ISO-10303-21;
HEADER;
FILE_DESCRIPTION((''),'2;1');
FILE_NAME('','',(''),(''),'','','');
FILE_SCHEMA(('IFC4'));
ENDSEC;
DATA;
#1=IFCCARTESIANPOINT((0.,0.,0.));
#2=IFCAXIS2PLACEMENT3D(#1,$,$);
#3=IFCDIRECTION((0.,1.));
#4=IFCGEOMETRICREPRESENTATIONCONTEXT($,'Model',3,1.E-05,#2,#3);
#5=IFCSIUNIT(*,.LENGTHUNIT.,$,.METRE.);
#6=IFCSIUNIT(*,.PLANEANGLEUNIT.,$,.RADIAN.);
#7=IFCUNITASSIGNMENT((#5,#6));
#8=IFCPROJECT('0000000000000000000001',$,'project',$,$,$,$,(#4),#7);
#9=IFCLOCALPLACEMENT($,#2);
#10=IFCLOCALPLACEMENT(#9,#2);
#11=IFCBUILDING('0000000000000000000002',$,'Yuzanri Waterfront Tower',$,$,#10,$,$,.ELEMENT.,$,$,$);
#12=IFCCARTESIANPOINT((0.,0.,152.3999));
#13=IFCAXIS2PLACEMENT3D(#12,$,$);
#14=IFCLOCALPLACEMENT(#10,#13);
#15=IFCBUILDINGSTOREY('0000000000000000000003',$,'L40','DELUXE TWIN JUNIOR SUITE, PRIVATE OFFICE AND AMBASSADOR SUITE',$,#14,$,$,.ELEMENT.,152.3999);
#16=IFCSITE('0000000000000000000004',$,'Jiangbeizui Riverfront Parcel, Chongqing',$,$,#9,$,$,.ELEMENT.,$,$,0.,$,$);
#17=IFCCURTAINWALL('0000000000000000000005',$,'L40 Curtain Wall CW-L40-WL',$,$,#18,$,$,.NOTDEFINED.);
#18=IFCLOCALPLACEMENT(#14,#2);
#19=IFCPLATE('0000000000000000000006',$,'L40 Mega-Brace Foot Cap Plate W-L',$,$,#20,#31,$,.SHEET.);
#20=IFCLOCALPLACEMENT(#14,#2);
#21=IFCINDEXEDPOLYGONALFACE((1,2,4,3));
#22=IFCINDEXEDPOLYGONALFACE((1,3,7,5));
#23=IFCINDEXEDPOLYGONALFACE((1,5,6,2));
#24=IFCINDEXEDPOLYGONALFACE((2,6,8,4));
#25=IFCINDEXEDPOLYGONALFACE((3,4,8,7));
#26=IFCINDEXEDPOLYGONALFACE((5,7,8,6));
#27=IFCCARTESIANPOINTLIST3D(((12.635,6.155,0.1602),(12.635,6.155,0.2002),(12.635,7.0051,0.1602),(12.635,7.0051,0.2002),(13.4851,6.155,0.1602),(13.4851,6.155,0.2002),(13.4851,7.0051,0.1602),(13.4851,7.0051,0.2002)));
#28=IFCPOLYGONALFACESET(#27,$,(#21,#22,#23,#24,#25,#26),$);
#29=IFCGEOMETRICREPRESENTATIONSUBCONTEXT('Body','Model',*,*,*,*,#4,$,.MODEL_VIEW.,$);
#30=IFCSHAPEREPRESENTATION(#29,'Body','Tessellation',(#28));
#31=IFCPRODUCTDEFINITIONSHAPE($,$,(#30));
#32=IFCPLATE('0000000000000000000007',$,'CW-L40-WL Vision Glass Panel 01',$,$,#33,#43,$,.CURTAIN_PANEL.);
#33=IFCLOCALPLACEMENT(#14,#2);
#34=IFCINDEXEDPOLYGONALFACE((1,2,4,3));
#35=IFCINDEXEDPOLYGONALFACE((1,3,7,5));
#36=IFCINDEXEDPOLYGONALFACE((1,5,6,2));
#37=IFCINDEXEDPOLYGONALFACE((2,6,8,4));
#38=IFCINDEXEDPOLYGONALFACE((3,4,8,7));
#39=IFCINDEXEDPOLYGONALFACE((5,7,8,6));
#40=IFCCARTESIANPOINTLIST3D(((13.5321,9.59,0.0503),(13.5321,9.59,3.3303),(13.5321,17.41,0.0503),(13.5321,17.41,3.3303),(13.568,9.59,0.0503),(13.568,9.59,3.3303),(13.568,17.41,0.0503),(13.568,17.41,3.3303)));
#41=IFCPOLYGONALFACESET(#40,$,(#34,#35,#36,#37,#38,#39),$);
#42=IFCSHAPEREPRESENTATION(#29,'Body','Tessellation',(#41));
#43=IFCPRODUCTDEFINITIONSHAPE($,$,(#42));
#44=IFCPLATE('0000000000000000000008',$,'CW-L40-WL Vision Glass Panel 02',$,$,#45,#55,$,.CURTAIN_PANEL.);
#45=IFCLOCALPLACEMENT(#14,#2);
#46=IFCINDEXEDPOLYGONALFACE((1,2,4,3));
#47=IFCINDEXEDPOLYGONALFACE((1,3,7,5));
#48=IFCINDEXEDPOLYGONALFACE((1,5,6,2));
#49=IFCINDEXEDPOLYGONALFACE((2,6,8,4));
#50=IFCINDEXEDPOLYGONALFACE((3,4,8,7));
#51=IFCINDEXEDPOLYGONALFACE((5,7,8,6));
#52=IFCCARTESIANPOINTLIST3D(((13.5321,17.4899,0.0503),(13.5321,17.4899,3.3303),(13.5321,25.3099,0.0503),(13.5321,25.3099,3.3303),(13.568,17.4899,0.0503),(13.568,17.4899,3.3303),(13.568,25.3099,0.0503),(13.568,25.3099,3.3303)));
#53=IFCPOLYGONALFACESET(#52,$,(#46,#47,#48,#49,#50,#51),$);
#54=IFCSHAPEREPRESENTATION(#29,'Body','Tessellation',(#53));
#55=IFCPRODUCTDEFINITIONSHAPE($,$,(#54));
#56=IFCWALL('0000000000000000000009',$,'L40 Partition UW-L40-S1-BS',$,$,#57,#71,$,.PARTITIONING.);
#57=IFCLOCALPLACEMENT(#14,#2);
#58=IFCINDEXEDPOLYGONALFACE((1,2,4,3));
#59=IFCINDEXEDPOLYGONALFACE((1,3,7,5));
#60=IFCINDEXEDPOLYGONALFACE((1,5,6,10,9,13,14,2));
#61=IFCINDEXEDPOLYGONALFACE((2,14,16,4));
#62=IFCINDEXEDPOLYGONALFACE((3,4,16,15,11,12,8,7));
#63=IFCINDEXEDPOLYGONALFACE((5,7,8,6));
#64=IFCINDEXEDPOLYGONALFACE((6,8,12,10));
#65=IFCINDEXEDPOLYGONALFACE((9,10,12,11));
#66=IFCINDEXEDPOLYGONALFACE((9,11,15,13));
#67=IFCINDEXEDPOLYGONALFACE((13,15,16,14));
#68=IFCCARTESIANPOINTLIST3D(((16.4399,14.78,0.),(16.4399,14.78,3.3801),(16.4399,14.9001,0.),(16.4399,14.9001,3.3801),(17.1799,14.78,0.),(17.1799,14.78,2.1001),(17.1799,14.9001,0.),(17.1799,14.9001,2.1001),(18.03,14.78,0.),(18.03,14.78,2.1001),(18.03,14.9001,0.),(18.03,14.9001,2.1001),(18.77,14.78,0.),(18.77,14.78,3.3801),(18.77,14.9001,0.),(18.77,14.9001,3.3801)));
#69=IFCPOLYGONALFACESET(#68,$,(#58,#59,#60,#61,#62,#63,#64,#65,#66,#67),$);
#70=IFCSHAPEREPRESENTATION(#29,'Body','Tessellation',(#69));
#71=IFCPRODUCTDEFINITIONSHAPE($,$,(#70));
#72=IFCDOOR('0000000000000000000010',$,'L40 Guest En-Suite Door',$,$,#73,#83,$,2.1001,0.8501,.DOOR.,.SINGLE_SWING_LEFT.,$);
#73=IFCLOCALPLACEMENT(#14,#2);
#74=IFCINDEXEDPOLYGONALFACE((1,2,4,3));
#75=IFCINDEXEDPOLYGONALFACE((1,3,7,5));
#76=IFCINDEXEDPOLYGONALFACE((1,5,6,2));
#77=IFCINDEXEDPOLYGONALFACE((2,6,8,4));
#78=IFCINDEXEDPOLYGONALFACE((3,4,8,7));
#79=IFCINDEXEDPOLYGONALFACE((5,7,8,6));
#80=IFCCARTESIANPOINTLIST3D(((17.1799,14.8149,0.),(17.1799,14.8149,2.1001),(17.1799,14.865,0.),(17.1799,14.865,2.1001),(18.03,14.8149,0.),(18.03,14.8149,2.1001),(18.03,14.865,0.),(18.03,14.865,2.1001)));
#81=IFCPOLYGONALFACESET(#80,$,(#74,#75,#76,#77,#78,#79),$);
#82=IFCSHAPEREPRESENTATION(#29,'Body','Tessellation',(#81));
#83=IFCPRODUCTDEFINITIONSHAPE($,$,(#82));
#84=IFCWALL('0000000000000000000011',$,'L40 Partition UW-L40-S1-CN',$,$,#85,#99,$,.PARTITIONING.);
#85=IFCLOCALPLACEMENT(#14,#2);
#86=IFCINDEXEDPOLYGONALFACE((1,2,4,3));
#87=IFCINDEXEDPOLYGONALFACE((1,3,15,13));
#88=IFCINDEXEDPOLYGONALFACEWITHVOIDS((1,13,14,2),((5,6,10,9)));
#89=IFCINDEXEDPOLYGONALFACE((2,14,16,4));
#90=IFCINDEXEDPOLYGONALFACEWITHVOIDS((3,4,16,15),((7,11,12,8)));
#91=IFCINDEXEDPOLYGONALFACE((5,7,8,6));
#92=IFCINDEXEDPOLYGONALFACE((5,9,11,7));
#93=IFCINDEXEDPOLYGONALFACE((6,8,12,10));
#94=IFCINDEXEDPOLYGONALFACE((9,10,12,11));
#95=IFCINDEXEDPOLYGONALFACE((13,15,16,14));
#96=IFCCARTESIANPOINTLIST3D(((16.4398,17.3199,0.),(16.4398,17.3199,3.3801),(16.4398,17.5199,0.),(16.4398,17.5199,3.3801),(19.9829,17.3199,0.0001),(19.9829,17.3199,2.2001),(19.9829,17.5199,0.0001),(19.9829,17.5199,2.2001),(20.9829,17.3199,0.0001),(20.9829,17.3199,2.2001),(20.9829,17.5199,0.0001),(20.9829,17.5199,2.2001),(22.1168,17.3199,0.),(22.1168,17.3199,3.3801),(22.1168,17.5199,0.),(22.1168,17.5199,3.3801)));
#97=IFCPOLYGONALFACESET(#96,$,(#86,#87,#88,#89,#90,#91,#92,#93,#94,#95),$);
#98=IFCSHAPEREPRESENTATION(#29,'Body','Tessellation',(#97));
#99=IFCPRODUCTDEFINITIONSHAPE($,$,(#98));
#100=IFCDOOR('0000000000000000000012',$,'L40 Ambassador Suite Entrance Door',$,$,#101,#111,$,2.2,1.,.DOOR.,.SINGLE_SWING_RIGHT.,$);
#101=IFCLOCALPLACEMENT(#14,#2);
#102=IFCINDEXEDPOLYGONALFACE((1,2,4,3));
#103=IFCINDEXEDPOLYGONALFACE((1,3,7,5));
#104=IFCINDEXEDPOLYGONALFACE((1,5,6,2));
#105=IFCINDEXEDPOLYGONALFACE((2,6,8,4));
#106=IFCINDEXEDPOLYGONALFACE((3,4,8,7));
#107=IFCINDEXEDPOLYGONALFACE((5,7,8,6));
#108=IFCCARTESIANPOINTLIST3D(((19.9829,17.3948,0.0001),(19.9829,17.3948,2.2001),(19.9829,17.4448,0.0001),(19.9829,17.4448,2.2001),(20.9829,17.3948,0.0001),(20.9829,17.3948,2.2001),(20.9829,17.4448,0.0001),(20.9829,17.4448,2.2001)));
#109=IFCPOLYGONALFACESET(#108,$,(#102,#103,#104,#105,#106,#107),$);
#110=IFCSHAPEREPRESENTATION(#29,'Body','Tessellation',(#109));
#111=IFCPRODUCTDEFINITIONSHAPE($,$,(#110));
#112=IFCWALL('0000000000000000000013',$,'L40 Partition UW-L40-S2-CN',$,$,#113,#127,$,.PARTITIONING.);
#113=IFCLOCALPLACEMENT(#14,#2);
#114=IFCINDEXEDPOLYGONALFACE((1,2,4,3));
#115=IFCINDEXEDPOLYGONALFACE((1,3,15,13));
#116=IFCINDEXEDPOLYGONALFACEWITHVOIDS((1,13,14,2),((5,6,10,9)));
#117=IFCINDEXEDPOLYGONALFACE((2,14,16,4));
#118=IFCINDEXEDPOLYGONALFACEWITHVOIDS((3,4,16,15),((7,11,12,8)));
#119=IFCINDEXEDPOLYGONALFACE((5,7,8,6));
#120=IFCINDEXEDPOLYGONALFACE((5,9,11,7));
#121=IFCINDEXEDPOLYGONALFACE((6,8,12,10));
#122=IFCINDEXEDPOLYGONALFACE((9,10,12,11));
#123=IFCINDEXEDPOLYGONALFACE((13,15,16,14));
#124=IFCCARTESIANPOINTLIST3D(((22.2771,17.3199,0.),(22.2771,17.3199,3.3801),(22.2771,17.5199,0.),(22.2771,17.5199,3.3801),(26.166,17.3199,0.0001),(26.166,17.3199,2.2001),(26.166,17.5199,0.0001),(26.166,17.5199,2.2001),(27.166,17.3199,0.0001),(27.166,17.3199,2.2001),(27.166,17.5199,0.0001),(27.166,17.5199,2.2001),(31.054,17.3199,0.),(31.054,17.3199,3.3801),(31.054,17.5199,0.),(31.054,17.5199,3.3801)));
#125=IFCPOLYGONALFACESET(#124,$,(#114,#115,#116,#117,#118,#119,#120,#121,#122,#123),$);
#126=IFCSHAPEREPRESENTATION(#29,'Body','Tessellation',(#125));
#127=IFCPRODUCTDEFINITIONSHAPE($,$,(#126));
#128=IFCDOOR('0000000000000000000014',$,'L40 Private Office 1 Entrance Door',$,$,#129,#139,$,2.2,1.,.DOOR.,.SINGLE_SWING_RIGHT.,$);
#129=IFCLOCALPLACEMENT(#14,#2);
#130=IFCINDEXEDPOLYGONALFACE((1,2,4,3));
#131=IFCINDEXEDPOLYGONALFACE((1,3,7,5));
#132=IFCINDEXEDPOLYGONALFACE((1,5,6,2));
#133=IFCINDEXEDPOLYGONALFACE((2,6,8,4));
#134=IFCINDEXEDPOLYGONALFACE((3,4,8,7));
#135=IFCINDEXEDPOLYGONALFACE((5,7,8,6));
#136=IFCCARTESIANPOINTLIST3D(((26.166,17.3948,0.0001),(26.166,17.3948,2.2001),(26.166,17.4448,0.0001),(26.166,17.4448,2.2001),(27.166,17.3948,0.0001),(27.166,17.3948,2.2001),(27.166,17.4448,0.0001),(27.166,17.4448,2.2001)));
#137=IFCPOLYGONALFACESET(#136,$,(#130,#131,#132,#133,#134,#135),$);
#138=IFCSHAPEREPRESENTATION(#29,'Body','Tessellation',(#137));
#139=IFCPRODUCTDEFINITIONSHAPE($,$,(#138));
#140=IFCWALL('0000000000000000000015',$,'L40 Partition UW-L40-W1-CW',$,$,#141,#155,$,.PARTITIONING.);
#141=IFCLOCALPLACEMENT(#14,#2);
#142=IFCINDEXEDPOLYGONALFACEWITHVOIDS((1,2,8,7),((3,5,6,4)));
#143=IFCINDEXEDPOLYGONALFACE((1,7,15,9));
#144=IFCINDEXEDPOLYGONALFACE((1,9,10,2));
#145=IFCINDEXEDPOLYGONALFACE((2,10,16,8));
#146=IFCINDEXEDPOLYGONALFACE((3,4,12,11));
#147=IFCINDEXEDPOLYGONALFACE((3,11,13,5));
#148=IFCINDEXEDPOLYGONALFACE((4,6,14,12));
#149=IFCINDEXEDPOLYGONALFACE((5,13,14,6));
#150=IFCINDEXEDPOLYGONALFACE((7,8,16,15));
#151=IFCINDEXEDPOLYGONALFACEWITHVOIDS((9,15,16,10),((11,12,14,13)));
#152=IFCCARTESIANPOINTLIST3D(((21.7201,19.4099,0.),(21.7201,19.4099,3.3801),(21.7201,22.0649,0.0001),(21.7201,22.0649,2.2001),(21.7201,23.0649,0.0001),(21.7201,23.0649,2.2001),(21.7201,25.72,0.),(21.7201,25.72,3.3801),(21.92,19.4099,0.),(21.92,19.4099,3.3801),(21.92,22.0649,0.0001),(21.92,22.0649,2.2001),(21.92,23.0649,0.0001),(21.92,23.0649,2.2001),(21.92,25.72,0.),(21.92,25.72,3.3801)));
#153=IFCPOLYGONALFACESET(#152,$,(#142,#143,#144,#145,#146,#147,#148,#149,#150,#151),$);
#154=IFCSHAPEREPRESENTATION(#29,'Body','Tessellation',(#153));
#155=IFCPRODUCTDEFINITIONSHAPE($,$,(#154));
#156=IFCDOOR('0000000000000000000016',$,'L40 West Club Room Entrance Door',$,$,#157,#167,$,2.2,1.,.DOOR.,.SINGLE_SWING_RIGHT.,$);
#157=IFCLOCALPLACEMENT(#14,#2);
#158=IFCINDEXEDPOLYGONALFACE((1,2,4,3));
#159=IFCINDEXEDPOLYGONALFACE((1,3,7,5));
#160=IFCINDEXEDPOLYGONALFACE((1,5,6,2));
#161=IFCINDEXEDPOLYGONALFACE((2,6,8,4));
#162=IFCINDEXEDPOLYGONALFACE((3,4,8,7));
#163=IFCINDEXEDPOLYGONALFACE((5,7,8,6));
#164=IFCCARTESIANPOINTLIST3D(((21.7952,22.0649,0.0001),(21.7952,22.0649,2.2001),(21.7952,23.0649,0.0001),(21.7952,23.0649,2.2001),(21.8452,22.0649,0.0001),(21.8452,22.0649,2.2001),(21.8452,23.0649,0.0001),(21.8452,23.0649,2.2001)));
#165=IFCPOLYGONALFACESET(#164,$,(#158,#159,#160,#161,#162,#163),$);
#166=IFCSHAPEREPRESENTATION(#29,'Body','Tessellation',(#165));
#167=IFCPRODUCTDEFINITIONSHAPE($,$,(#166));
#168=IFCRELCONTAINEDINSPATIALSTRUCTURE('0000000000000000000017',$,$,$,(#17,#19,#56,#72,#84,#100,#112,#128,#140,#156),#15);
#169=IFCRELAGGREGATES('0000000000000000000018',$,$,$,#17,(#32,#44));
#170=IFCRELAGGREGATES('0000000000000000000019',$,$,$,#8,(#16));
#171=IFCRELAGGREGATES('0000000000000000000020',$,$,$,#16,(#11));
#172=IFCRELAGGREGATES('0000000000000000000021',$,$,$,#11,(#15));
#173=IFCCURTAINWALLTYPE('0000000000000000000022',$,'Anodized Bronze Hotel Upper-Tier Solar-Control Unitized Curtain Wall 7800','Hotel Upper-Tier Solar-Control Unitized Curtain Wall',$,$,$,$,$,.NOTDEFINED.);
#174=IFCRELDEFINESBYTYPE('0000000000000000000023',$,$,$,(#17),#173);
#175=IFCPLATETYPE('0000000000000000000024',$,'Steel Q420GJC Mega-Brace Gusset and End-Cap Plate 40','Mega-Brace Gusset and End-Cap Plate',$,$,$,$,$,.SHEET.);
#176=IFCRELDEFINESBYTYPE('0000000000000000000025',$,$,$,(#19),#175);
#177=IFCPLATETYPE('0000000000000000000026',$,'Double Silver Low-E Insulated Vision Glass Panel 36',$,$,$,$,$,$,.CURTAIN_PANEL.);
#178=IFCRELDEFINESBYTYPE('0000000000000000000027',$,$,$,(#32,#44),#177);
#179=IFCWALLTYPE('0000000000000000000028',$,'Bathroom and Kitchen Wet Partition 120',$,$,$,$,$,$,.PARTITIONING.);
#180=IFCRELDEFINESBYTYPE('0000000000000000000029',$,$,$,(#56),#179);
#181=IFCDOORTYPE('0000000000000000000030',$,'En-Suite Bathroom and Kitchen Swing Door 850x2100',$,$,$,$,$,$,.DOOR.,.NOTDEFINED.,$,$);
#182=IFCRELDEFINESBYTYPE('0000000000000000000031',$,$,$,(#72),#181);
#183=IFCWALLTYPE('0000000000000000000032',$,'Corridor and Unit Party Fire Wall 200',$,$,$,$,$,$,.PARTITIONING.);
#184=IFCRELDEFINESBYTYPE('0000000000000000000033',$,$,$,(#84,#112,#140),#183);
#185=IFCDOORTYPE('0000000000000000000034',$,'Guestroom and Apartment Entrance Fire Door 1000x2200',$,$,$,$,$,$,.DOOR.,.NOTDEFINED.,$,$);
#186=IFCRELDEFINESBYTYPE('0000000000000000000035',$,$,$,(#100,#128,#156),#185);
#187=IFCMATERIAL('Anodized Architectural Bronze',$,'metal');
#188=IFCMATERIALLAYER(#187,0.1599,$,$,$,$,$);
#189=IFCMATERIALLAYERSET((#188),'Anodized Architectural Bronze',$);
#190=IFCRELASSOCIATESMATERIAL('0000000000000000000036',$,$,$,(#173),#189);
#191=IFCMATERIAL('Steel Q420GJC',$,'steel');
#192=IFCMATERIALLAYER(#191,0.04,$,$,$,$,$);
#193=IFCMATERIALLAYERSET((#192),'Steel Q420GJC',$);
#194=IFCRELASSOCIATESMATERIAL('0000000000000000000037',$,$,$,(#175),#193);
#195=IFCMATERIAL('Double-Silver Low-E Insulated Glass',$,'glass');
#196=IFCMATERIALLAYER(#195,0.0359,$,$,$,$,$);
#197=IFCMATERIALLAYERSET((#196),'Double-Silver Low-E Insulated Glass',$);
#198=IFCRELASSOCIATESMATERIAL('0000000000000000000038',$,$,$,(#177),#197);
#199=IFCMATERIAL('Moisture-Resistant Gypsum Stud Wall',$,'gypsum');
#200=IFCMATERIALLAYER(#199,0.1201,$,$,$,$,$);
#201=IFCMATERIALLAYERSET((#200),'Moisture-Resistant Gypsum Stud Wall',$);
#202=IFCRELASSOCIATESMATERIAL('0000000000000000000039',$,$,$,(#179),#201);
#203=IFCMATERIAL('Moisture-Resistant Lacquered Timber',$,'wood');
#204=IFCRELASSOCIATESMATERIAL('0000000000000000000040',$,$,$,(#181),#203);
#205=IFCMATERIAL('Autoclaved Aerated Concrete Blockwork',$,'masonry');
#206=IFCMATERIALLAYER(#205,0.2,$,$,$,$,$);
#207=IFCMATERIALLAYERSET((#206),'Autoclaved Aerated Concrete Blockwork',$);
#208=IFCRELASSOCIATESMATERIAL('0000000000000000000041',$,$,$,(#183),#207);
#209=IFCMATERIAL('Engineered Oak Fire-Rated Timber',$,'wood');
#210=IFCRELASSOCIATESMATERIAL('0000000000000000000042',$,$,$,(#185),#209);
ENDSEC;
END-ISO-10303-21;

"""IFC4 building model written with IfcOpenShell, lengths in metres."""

from ifc_helpers import new_model, si_unit, direction, frame, frame_2d, origin, origin_2d, place, context, subcontext, project, spatial, rectangle, extrude, source, transform, mapped, material, layer, layer_set, type_object, element, fill, aggregate, save


model = new_model("IFC4")

# Units and contexts
model_context = context("Model", 3, precision=1e-05, world=origin(), true_north=direction((0.0, 1.0)))
body_context = subcontext(model_context, "Body", "Model", "MODEL_VIEW")
ifc_project = project(units=[si_unit("LENGTHUNIT", "METRE"), si_unit("PLANEANGLEUNIT", "RADIAN")], contexts=[model_context])

# Site, building, storey
site_placement = place(None, origin())
site = spatial("IfcSite", under=ifc_project, at=site_placement, Name="Jiangbeizui Riverfront Parcel, Chongqing", CompositionType="ELEMENT", RefElevation=0.0)
building_placement = place(site_placement, origin())
building = spatial("IfcBuilding", under=site, at=building_placement, Name="Yuzanri Waterfront Tower", CompositionType="ELEMENT")
storey_placement = place(building_placement, frame((0.0, 0.0, 152.3999)))
storey = spatial("IfcBuildingStorey", under=building, at=storey_placement, Name="L40", Description="DELUXE TWIN JUNIOR SUITE, PRIVATE OFFICE AND AMBASSADOR SUITE", CompositionType="ELEMENT", Elevation=152.3999)

# Curtain wall
ifc_material_1 = material(Name="Anodized Architectural Bronze", Category="metal")
ifc_layer_1 = layer(ifc_material_1, 0.1599)
ifc_layer_set_1 = layer_set([ifc_layer_1], Name="Anodized Architectural Bronze")
curtain_wall_type = type_object("IfcCurtainWallType", Name="Anodized Bronze Hotel Upper-Tier Solar-Control Unitized Curtain Wall 7800", Description="Hotel Upper-Tier Solar-Control Unitized Curtain Wall", PredefinedType="NOTDEFINED", material=ifc_layer_set_1)
curtain_wall_placement = place(storey_placement, origin())
curtain_wall = element("IfcCurtainWall", 1, at=curtain_wall_placement, inside=storey, type_object=curtain_wall_type, Name="L40 Curtain Wall CW-L40-WL", PredefinedType="NOTDEFINED")

# Plates
ifc_material_2 = material(Name="Steel Q420GJC", Category="steel")
ifc_layer_2 = layer(ifc_material_2, 0.04)
ifc_layer_set_2 = layer_set([ifc_layer_2], Name="Steel Q420GJC")
plate_type_1 = type_object("IfcPlateType", Name="Steel Q420GJC Mega-Brace Gusset and End-Cap Plate 40", Description="Mega-Brace Gusset and End-Cap Plate", PredefinedType="SHEET", material=ifc_layer_set_2)
shared_shape_1 = source(origin(), body_context, "Body", "SweptSolid", [
    extrude(rectangle(XDim=0.8501, YDim=0.8501, at=origin_2d()), origin(), (0.0, 0.0, 1.0), 0.04),
])
plate_1_placement = place(storey_placement, frame((13.0601, 6.5801, 0.1602), z_axis=(0.0, 0.0, 1.0), x_axis=(1.0, 0.0, 0.0)))
element("IfcPlate", 2, at=plate_1_placement, inside=storey, type_object=plate_type_1, Name="L40 Mega-Brace Foot Cap Plate W-L", PredefinedType="SHEET", context=body_context, shape_type="MappedRepresentation", body=[
    mapped(shared_shape_1, transform((0.0, 0.0, 0.0), scale=1.0)),
])
ifc_material_3 = material(Name="Double-Silver Low-E Insulated Glass", Category="glass")
ifc_layer_3 = layer(ifc_material_3, 0.0359)
ifc_layer_set_3 = layer_set([ifc_layer_3], Name="Double-Silver Low-E Insulated Glass")
plate_type_2 = type_object("IfcPlateType", Name="Double Silver Low-E Insulated Vision Glass Panel 36", PredefinedType="CURTAIN_PANEL", material=ifc_layer_set_3)
shared_shape_2 = source(origin(), body_context, "Body", "SweptSolid", [
    extrude(rectangle(XDim=7.8201, YDim=0.0359, at=origin_2d()), origin(), (0.0, 0.0, 1.0), 3.28),
])
plate_2_placement = place(storey_placement, frame((13.55, 13.5, 0.0503), z_axis=(0.0, 0.0, 1.0), x_axis=(0.0, 1.0, 0.0)))
plate_2 = element("IfcPlate", 3, at=plate_2_placement, type_object=plate_type_2, Name="CW-L40-WL Vision Glass Panel 01", PredefinedType="CURTAIN_PANEL", context=body_context, shape_type="MappedRepresentation", body=[
    mapped(shared_shape_2, transform((0.0, 0.0, 0.0), scale=1.0)),
])
plate_3_placement = place(storey_placement, frame((13.55, 21.3999, 0.0503), z_axis=(0.0, 0.0, 1.0), x_axis=(0.0, 1.0, 0.0)))
plate_3 = element("IfcPlate", 4, at=plate_3_placement, type_object=plate_type_2, Name="CW-L40-WL Vision Glass Panel 02", PredefinedType="CURTAIN_PANEL", context=body_context, shape_type="MappedRepresentation", body=[
    mapped(shared_shape_2, transform((0.0, 0.0, 0.0), scale=1.0)),
])
aggregate(curtain_wall, [plate_2, plate_3])

# Walls, openings, doors
ifc_material_4 = material(Name="Moisture-Resistant Gypsum Stud Wall", Category="gypsum")
ifc_layer_4 = layer(ifc_material_4, 0.1201)
ifc_layer_set_4 = layer_set([ifc_layer_4], Name="Moisture-Resistant Gypsum Stud Wall")
wall_type_1 = type_object("IfcWallType", Name="Bathroom and Kitchen Wet Partition 120", PredefinedType="PARTITIONING", material=ifc_layer_set_4)
wall_1_placement = place(storey_placement, frame((16.4399, 14.8401, 0.0), z_axis=(0.0, 0.0, 1.0), x_axis=(1.0, 0.0, 0.0)))
wall_1 = element("IfcWall", 5, at=wall_1_placement, inside=storey, type_object=wall_type_1, Name="L40 Partition UW-L40-S1-BS", PredefinedType="PARTITIONING", context=body_context, shape_type="SweptSolid", body=[
    extrude(rectangle(XDim=2.3301, YDim=0.1201, at=frame_2d((1.165, 0.0))), origin(), (0.0, 0.0, 1.0), 3.3801),
])
opening_1_placement = place(wall_1_placement, frame((0.74, 0.0, 0.0)))
opening_1 = element("IfcOpeningElement", 6, at=opening_1_placement, cuts=wall_1, PredefinedType="OPENING", context=body_context, shape_type="SweptSolid", body=[
    extrude(rectangle(XDim=0.8501, YDim=2.1001, at=frame_2d((0.425, 1.05))), frame((0.0, 0.075, 0.0), z_axis=(0.0, -1.0, 0.0), x_axis=(1.0, 0.0, 0.0)), (0.0, 0.0, 1.0), 0.1499),
])
ifc_material_5 = material(Name="Moisture-Resistant Lacquered Timber", Category="wood")
door_type_1 = type_object("IfcDoorType", Name="En-Suite Bathroom and Kitchen Swing Door 850x2100", OperationType="NOTDEFINED", PredefinedType="DOOR", material=ifc_material_5)
shared_shape_3 = source(origin(), body_context, "Body", "SweptSolid", [
    extrude(rectangle(XDim=0.8501, YDim=2.1001, at=frame_2d((0.425, 1.05))), frame((0.0, 0.0249, 0.0), z_axis=(0.0, -1.0, 0.0), x_axis=(1.0, 0.0, 0.0)), (0.0, 0.0, 1.0), 0.05),
])
door_1_placement = place(opening_1_placement, origin())
door_1 = element("IfcDoor", 7, at=door_1_placement, inside=storey, type_object=door_type_1, Name="L40 Guest En-Suite Door", OperationType="SINGLE_SWING_LEFT", OverallHeight=2.1001, OverallWidth=0.8501, PredefinedType="DOOR", context=body_context, shape_type="MappedRepresentation", body=[
    mapped(shared_shape_3, transform((0.0, 0.0, 0.0), scale=1.0)),
])
fill(opening_1, door_1)
ifc_material_6 = material(Name="Autoclaved Aerated Concrete Blockwork", Category="masonry")
ifc_layer_5 = layer(ifc_material_6, 0.2)
ifc_layer_set_5 = layer_set([ifc_layer_5], Name="Autoclaved Aerated Concrete Blockwork")
wall_type_2 = type_object("IfcWallType", Name="Corridor and Unit Party Fire Wall 200", PredefinedType="PARTITIONING", material=ifc_layer_set_5)
wall_2_placement = place(storey_placement, frame((16.4399, 17.4199, 0.0), z_axis=(0.0, 0.0, 1.0), x_axis=(1.0, 0.0, 0.0)))
wall_2 = element("IfcWall", 8, at=wall_2_placement, inside=storey, type_object=wall_type_2, Name="L40 Partition UW-L40-S1-CN", PredefinedType="PARTITIONING", context=body_context, shape_type="SweptSolid", body=[
    extrude(rectangle(XDim=5.677, YDim=0.2, at=frame_2d((2.8384, 0.0))), origin(), (0.0, 0.0, 1.0), 3.3801),
])
opening_2_placement = place(wall_2_placement, frame((3.543, 0.0, 0.0)))
opening_2 = element("IfcOpeningElement", 9, at=opening_2_placement, cuts=wall_2, PredefinedType="OPENING", context=body_context, shape_type="SweptSolid", body=[
    extrude(rectangle(XDim=1.0, YDim=2.2, at=frame_2d((0.5, 1.1001))), frame((0.0, 0.1147, 0.0), z_axis=(0.0, -1.0, 0.0), x_axis=(1.0, 0.0, 0.0)), (0.0, 0.0, 1.0), 0.2297),
])
ifc_material_7 = material(Name="Engineered Oak Fire-Rated Timber", Category="wood")
door_type_2 = type_object("IfcDoorType", Name="Guestroom and Apartment Entrance Fire Door 1000x2200", OperationType="NOTDEFINED", PredefinedType="DOOR", material=ifc_material_7)
shared_shape_4 = source(origin(), body_context, "Body", "SweptSolid", [
    extrude(rectangle(XDim=1.0, YDim=2.2, at=frame_2d((0.5, 1.1001))), frame((0.0, 0.0249, 0.0), z_axis=(0.0, -1.0, 0.0), x_axis=(1.0, 0.0, 0.0)), (0.0, 0.0, 1.0), 0.05),
])
door_2_placement = place(opening_2_placement, origin())
door_2 = element("IfcDoor", 10, at=door_2_placement, inside=storey, type_object=door_type_2, Name="L40 Ambassador Suite Entrance Door", OperationType="SINGLE_SWING_RIGHT", OverallHeight=2.2, OverallWidth=1.0, PredefinedType="DOOR", context=body_context, shape_type="MappedRepresentation", body=[
    mapped(shared_shape_4, transform((0.0, 0.0, 0.0), scale=1.0)),
])
fill(opening_2, door_2)
wall_3_placement = place(storey_placement, frame((22.2771, 17.4199, 0.0), z_axis=(0.0, 0.0, 1.0), x_axis=(1.0, 0.0, 0.0)))
wall_3 = element("IfcWall", 11, at=wall_3_placement, inside=storey, type_object=wall_type_2, Name="L40 Partition UW-L40-S2-CN", PredefinedType="PARTITIONING", context=body_context, shape_type="SweptSolid", body=[
    extrude(rectangle(XDim=8.7769, YDim=0.2, at=frame_2d((4.3884, 0.0))), origin(), (0.0, 0.0, 1.0), 3.3801),
])
opening_3_placement = place(wall_3_placement, frame((3.8889, 0.0, 0.0)))
opening_3 = element("IfcOpeningElement", 12, at=opening_3_placement, cuts=wall_3, PredefinedType="OPENING", context=body_context, shape_type="SweptSolid", body=[
    extrude(rectangle(XDim=1.0, YDim=2.2, at=frame_2d((0.5, 1.1001))), frame((0.0, 0.1147, 0.0), z_axis=(0.0, -1.0, 0.0), x_axis=(1.0, 0.0, 0.0)), (0.0, 0.0, 1.0), 0.2297),
])
door_3_placement = place(opening_3_placement, origin())
door_3 = element("IfcDoor", 13, at=door_3_placement, inside=storey, type_object=door_type_2, Name="L40 Private Office 1 Entrance Door", OperationType="SINGLE_SWING_RIGHT", OverallHeight=2.2, OverallWidth=1.0, PredefinedType="DOOR", context=body_context, shape_type="MappedRepresentation", body=[
    mapped(shared_shape_4, transform((0.0, 0.0, 0.0), scale=1.0)),
])
fill(opening_3, door_3)
wall_4_placement = place(storey_placement, frame((21.8201, 19.4099, 0.0), z_axis=(0.0, 0.0, 1.0), x_axis=(0.0, 1.0, 0.0)))
wall_4 = element("IfcWall", 14, at=wall_4_placement, inside=storey, type_object=wall_type_2, Name="L40 Partition UW-L40-W1-CW", PredefinedType="PARTITIONING", context=body_context, shape_type="SweptSolid", body=[
    extrude(rectangle(XDim=6.3101, YDim=0.2, at=frame_2d((3.155, 0.0))), origin(), (0.0, 0.0, 1.0), 3.3801),
])
opening_4_placement = place(wall_4_placement, frame((2.655, 0.0, 0.0)))
opening_4 = element("IfcOpeningElement", 15, at=opening_4_placement, cuts=wall_4, PredefinedType="OPENING", context=body_context, shape_type="SweptSolid", body=[
    extrude(rectangle(XDim=1.0, YDim=2.2, at=frame_2d((0.5, 1.1001))), frame((0.0, 0.1147, 0.0), z_axis=(0.0, -1.0, 0.0), x_axis=(1.0, 0.0, 0.0)), (0.0, 0.0, 1.0), 0.2297),
])
door_4_placement = place(opening_4_placement, origin())
door_4 = element("IfcDoor", 16, at=door_4_placement, inside=storey, type_object=door_type_2, Name="L40 West Club Room Entrance Door", OperationType="SINGLE_SWING_RIGHT", OverallHeight=2.2, OverallWidth=1.0, PredefinedType="DOOR", context=body_context, shape_type="MappedRepresentation", body=[
    mapped(shared_shape_4, transform((0.0, 0.0, 0.0), scale=1.0)),
])
fill(opening_4, door_4)

save(model, "model.ifc")
